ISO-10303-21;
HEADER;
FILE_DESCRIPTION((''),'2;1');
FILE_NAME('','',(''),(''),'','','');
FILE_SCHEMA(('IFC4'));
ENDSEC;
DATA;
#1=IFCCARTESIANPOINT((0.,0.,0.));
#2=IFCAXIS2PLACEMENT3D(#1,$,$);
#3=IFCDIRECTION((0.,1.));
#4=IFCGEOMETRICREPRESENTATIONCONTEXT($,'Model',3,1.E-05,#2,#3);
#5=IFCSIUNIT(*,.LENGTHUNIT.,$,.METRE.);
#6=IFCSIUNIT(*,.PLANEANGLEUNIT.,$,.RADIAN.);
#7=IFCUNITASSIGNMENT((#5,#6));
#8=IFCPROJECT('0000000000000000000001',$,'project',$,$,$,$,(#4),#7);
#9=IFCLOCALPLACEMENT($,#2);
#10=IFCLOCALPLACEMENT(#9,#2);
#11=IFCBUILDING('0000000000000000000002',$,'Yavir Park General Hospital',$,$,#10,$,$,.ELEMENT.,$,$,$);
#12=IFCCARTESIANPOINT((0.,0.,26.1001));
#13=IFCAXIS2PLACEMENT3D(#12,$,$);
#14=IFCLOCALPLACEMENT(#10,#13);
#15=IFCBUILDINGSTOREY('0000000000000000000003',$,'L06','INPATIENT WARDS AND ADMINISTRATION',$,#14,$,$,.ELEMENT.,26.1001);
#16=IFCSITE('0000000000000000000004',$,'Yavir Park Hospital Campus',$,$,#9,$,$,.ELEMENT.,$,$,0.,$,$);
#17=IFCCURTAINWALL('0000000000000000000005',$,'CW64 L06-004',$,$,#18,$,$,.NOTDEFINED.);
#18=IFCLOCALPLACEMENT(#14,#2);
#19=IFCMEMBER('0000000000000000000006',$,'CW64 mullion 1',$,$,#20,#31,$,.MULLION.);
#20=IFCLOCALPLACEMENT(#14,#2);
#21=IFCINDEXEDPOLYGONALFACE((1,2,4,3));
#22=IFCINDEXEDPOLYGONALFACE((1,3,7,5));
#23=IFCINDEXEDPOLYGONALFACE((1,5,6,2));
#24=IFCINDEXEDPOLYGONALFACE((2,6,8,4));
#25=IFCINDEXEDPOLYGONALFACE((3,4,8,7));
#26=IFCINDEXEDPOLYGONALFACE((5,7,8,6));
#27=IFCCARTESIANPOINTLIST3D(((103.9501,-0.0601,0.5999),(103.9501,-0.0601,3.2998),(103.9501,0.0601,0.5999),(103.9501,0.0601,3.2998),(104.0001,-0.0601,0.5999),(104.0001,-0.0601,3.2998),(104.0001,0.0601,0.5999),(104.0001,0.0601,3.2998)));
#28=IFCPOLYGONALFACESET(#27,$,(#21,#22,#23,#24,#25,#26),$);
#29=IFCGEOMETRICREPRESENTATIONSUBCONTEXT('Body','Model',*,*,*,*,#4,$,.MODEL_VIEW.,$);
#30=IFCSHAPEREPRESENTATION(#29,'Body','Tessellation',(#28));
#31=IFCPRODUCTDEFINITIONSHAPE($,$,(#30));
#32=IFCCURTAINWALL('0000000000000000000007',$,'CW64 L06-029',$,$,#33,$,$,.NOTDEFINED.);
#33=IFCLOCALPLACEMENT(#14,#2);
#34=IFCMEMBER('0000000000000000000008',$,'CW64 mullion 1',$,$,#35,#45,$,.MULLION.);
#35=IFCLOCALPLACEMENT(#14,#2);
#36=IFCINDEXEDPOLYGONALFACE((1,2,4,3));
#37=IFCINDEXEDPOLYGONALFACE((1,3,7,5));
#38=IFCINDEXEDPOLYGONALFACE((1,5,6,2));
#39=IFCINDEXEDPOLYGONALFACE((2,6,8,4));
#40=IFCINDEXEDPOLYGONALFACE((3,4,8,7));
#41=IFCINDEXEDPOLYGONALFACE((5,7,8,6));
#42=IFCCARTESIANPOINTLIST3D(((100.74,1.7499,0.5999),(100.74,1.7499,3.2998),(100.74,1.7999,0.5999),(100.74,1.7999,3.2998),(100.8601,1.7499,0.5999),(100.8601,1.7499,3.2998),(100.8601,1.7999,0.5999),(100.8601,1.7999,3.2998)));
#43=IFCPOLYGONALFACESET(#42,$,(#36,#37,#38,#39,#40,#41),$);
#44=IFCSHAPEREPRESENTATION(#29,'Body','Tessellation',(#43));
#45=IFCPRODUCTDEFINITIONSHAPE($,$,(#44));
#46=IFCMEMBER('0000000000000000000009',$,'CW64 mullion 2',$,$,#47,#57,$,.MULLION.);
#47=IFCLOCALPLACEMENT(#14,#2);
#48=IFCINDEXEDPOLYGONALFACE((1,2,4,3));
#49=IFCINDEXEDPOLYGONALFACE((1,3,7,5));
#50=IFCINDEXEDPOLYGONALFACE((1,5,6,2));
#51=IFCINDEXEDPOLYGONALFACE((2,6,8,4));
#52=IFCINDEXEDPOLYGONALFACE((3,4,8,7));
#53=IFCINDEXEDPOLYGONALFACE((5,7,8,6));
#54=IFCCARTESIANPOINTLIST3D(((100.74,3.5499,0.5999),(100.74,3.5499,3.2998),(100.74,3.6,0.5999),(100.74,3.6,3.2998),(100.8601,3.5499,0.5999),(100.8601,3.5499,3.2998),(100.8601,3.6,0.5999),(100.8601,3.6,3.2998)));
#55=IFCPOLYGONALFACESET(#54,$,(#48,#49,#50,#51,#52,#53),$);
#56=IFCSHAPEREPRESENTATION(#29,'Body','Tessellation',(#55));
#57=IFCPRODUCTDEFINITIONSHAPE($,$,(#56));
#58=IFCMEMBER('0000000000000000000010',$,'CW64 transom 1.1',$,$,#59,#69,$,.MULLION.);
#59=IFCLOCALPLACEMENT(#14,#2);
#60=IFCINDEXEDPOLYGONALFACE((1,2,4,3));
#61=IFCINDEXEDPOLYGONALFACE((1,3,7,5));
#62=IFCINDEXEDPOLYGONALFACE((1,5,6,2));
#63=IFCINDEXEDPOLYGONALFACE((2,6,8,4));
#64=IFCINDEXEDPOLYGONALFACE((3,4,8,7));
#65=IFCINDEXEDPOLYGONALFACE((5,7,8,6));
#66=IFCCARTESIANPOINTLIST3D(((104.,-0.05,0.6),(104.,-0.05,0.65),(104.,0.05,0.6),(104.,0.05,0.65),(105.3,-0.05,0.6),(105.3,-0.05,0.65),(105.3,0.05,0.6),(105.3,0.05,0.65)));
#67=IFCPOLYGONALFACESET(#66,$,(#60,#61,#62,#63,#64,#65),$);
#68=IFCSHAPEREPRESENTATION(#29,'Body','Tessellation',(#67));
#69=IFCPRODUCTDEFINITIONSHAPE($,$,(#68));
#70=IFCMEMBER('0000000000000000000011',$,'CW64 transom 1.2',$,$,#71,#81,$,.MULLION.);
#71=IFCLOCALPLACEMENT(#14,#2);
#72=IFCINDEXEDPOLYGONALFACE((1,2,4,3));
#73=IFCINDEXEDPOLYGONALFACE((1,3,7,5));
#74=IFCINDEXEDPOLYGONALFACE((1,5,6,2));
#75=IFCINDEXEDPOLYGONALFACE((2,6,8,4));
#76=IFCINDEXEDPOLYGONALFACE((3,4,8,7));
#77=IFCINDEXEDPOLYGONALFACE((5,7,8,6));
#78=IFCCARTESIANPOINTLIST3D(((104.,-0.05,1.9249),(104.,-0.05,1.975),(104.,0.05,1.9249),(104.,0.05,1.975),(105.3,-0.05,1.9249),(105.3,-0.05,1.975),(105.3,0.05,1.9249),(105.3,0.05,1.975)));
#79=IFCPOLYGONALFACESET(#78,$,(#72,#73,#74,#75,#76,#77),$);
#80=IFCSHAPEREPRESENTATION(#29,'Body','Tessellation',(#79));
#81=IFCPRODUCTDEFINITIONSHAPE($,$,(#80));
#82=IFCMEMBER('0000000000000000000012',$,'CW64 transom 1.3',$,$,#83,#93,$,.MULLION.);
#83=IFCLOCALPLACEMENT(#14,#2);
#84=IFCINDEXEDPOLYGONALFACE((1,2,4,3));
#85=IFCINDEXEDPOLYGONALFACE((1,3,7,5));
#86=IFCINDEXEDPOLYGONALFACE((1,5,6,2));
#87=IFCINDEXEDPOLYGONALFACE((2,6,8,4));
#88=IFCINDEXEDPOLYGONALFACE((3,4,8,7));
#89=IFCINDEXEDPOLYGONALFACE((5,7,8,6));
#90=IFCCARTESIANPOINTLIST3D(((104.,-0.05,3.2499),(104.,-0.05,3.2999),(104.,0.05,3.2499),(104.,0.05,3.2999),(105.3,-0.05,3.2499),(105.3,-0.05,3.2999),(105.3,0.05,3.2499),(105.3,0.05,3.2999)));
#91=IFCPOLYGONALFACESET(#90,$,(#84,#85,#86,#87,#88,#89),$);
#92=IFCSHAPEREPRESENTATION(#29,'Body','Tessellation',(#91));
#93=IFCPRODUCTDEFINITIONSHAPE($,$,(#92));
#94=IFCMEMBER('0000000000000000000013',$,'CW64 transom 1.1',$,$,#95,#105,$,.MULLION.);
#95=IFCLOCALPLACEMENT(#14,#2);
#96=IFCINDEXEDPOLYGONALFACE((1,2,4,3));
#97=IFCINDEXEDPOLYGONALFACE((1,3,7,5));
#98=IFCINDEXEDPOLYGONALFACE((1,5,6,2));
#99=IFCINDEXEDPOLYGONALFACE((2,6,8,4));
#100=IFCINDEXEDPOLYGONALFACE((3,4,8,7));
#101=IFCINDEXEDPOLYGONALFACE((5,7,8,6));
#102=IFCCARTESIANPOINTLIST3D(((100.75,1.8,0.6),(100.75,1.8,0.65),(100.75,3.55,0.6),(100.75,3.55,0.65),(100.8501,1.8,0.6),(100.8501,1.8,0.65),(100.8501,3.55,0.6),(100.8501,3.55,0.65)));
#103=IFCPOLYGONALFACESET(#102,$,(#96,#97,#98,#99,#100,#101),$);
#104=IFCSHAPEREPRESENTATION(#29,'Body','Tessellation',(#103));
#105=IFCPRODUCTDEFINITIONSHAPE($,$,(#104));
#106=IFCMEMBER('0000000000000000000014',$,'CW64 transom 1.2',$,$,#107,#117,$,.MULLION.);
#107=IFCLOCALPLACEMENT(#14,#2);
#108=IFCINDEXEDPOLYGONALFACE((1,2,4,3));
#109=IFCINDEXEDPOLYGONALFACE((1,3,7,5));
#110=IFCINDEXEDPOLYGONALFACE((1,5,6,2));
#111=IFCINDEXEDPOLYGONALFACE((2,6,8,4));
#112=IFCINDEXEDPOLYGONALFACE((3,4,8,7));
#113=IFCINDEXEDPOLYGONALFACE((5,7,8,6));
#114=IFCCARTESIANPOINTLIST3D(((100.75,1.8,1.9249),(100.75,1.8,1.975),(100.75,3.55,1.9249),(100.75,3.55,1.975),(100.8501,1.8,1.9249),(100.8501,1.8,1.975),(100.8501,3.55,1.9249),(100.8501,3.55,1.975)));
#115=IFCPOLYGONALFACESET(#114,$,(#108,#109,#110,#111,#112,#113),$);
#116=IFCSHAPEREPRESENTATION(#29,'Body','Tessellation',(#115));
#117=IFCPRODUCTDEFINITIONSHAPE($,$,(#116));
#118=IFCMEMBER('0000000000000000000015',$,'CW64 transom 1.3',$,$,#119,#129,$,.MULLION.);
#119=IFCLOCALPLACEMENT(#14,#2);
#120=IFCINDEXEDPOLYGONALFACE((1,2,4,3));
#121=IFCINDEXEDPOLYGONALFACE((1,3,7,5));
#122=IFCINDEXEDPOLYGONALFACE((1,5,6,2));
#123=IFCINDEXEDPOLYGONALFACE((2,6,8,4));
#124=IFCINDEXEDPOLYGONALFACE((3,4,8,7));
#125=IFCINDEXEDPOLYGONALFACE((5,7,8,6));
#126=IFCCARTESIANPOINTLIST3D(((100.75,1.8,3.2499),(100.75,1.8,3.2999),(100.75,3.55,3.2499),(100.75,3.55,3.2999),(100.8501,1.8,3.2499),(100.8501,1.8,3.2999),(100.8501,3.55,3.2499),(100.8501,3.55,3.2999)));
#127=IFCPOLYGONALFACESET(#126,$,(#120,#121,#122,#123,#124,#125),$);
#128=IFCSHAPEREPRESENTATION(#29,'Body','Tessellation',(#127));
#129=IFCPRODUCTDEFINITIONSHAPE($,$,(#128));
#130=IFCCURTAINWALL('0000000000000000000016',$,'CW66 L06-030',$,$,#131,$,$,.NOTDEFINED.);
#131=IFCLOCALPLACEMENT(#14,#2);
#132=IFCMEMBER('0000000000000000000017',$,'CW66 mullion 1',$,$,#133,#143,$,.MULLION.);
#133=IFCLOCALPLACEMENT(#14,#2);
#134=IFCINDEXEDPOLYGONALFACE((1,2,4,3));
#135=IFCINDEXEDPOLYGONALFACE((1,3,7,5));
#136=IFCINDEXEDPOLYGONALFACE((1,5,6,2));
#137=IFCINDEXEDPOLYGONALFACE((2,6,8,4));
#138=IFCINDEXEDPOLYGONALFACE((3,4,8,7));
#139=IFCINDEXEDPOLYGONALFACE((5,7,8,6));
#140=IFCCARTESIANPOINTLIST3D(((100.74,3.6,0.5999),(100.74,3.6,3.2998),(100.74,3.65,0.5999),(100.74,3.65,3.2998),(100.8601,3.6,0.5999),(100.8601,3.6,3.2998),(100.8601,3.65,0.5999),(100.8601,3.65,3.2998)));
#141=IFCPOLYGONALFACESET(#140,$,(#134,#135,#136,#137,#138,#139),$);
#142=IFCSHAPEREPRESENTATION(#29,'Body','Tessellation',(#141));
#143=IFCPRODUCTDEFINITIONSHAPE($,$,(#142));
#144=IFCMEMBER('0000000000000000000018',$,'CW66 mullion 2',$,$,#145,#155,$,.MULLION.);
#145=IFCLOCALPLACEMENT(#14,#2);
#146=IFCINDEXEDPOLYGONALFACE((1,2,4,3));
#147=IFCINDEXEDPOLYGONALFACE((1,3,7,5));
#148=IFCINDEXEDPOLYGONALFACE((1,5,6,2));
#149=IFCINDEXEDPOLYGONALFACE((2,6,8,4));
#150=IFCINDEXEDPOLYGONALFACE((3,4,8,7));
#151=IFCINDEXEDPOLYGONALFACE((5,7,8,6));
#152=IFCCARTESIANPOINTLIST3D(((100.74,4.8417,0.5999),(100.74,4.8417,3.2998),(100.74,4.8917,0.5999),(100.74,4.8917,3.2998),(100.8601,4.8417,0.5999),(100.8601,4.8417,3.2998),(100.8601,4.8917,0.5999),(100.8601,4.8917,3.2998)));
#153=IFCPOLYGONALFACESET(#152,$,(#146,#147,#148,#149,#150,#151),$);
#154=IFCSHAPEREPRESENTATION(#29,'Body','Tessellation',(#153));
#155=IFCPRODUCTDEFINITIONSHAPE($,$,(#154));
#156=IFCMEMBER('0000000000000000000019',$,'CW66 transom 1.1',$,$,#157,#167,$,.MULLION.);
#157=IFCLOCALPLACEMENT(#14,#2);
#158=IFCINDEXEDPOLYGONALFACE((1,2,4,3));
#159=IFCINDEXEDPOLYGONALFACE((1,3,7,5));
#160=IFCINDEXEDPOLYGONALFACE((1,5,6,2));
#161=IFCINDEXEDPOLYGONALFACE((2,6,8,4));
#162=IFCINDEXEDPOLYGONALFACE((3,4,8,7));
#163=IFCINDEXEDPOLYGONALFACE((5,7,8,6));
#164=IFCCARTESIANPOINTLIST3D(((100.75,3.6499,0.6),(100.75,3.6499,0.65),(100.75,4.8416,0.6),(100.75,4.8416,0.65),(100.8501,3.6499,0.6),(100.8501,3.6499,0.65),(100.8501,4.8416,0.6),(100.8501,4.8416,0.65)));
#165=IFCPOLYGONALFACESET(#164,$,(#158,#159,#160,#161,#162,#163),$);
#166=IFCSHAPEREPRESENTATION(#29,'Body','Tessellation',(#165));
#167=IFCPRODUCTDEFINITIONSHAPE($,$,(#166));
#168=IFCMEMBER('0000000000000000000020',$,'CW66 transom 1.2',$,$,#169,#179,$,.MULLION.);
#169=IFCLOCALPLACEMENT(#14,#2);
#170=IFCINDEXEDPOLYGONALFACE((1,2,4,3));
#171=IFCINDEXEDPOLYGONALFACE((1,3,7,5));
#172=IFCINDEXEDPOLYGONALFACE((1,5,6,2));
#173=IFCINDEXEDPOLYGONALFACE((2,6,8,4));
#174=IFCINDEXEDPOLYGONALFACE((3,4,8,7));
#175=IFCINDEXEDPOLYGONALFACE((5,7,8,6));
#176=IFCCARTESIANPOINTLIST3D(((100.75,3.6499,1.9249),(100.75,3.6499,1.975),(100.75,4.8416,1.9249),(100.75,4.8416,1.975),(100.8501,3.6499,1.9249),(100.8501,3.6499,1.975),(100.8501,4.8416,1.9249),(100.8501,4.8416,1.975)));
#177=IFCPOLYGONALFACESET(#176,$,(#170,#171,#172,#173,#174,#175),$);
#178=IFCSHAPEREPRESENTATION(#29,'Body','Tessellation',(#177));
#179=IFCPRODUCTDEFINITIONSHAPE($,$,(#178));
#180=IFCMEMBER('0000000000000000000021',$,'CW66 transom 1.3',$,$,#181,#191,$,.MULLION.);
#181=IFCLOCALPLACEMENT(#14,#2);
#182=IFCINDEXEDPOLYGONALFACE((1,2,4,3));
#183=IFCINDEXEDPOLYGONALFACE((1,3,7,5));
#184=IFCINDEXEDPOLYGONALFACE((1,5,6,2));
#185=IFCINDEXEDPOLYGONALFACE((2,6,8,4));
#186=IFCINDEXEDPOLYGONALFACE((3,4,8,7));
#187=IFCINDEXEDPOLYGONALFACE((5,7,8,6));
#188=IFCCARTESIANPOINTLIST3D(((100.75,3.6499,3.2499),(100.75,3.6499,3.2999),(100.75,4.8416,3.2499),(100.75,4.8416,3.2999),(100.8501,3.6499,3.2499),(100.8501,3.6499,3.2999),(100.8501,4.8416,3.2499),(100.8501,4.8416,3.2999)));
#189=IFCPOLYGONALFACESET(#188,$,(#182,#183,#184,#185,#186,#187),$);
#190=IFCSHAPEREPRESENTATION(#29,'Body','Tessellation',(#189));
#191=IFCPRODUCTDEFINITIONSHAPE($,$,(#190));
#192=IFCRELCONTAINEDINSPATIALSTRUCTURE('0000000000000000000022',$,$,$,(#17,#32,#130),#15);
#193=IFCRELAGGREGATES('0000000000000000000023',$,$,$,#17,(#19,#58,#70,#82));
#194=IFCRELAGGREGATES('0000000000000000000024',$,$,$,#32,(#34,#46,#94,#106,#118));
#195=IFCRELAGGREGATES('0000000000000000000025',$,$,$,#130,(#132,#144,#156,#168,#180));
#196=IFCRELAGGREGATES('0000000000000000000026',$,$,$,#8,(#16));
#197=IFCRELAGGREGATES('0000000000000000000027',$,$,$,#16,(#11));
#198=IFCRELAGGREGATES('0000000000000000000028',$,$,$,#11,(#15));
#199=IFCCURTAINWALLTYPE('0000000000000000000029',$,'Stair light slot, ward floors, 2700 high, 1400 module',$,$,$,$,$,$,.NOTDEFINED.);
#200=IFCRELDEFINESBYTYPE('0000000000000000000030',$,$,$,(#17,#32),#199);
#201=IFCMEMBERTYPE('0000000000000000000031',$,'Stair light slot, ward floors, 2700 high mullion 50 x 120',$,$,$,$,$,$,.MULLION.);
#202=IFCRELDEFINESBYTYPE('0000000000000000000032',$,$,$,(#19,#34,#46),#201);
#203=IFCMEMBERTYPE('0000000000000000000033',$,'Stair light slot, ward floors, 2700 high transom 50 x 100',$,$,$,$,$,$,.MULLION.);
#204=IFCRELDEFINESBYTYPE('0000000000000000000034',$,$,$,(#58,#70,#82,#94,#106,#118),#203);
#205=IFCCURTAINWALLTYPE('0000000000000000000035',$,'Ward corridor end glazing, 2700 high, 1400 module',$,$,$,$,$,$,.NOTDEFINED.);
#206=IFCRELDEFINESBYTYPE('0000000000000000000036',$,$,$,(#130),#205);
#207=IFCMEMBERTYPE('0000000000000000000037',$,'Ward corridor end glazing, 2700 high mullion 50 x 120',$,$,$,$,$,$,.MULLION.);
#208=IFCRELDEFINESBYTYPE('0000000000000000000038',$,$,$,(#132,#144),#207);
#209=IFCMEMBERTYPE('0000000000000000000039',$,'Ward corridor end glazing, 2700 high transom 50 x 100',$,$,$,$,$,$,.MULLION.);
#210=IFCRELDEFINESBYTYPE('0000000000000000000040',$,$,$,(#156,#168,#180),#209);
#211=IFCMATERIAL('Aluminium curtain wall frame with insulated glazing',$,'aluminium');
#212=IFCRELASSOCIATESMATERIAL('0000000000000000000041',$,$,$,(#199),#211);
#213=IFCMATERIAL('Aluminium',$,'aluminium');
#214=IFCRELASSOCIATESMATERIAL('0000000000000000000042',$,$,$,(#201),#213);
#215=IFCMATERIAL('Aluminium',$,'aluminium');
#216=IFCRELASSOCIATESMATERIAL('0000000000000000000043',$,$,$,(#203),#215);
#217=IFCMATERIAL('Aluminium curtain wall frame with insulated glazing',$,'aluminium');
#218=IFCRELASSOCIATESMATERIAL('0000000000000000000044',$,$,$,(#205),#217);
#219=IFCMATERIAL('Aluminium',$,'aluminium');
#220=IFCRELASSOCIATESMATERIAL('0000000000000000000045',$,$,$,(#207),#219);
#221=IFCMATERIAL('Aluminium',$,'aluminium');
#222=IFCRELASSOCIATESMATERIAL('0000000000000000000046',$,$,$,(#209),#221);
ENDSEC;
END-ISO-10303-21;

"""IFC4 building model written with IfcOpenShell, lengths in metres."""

from ifc_helpers import new_model, si_unit, direction, frame, origin, origin_2d, place, context, subcontext, project, spatial, rectangle, extrude, material, material_profile, profile_set, type_object, element, aggregate, save


model = new_model("IFC4")

# Units and contexts
model_context = context("Model", 3, precision=1e-05, world=origin(), true_north=direction((0.0, 1.0)))
body_context = subcontext(model_context, "Body", "Model", "MODEL_VIEW")
ifc_project = project(units=[si_unit("LENGTHUNIT", "METRE"), si_unit("PLANEANGLEUNIT", "RADIAN")], contexts=[model_context])

# Site, building, storey
site_placement = place(None, origin())
site = spatial("IfcSite", under=ifc_project, at=site_placement, Name="Yavir Park Hospital Campus", CompositionType="ELEMENT", RefElevation=0.0)
building_placement = place(site_placement, origin())
building = spatial("IfcBuilding", under=site, at=building_placement, Name="Yavir Park General Hospital", CompositionType="ELEMENT")
storey_placement = place(building_placement, frame((0.0, 0.0, 26.1001)))
storey = spatial("IfcBuildingStorey", under=building, at=storey_placement, Name="L06", Description="INPATIENT WARDS AND ADMINISTRATION", CompositionType="ELEMENT", Elevation=26.1001)

# Curtain wall, member
ifc_material_1 = material(Name="Aluminium curtain wall frame with insulated glazing", Category="aluminium")
curtain_wall_type_1 = type_object("IfcCurtainWallType", Name="Stair light slot, ward floors, 2700 high, 1400 module", PredefinedType="NOTDEFINED", material=ifc_material_1)
curtain_wall_1_placement = place(storey_placement, origin())
curtain_wall_1 = element("IfcCurtainWall", 1, at=curtain_wall_1_placement, inside=storey, type_object=curtain_wall_type_1, Name="CW64 L06-004", PredefinedType="NOTDEFINED")
ifc_material_2 = material(Name="Aluminium", Category="aluminium")
ifc_material_profile_1 = material_profile(ifc_material_2, rectangle(XDim=0.1201, YDim=0.05, at=origin_2d()), Name="AL 50x120")
ifc_profile_set_1 = profile_set([ifc_material_profile_1], Name="Aluminium")
member_type_1 = type_object("IfcMemberType", Name="Stair light slot, ward floors, 2700 high mullion 50 x 120", PredefinedType="MULLION", material=ifc_profile_set_1)
member_1_placement = place(storey_placement, frame((103.9751, 0.0, 0.5999), z_axis=(0.0, 0.0, 1.0), x_axis=(0.0, 1.0, 0.0)))
member_1 = element("IfcMember", 2, at=member_1_placement, type_object=member_type_1, Name="CW64 mullion 1", PredefinedType="MULLION", context=body_context, shape_type="SweptSolid", body=[
    extrude(rectangle(XDim=0.1201, YDim=0.05, at=origin_2d()), origin(), (0.0, 0.0, 1.0), 2.7),
])

# Curtain wall, members
curtain_wall_2_placement = place(storey_placement, origin())
curtain_wall_2 = element("IfcCurtainWall", 3, at=curtain_wall_2_placement, inside=storey, type_object=curtain_wall_type_1, Name="CW64 L06-029", PredefinedType="NOTDEFINED")
member_2_placement = place(storey_placement, frame((100.8, 1.7749, 0.5999), z_axis=(0.0, 0.0, 1.0), x_axis=(-1.0, 0.0, 0.0)))
member_2 = element("IfcMember", 4, at=member_2_placement, type_object=member_type_1, Name="CW64 mullion 1", PredefinedType="MULLION", context=body_context, shape_type="SweptSolid", body=[
    extrude(rectangle(XDim=0.1201, YDim=0.05, at=origin_2d()), origin(), (0.0, 0.0, 1.0), 2.7),
])
member_3_placement = place(storey_placement, frame((100.8, 3.575, 0.5999), z_axis=(0.0, 0.0, 1.0), x_axis=(-1.0, 0.0, 0.0)))
member_3 = element("IfcMember", 5, at=member_3_placement, type_object=member_type_1, Name="CW64 mullion 2", PredefinedType="MULLION", context=body_context, shape_type="SweptSolid", body=[
    extrude(rectangle(XDim=0.1201, YDim=0.05, at=origin_2d()), origin(), (0.0, 0.0, 1.0), 2.7),
])

# Members
ifc_material_3 = material(Name="Aluminium", Category="aluminium")
ifc_material_profile_2 = material_profile(ifc_material_3, rectangle(XDim=0.1001, YDim=0.05, at=origin_2d()), Name="AL 100x50")
ifc_profile_set_2 = profile_set([ifc_material_profile_2], Name="Aluminium")
member_type_2 = type_object("IfcMemberType", Name="Stair light slot, ward floors, 2700 high transom 50 x 100", PredefinedType="MULLION", material=ifc_profile_set_2)
member_4_placement = place(storey_placement, frame((104.0, 0.0, 0.625), z_axis=(1.0, 0.0, 0.0), x_axis=(0.0, 1.0, 0.0)))
member_4 = element("IfcMember", 6, at=member_4_placement, type_object=member_type_2, Name="CW64 transom 1.1", PredefinedType="MULLION", context=body_context, shape_type="SweptSolid", body=[
    extrude(rectangle(XDim=0.1001, YDim=0.05, at=origin_2d()), origin(), (0.0, 0.0, 1.0), 1.3),
])
member_5_placement = place(storey_placement, frame((104.0, 0.0, 1.95), z_axis=(1.0, 0.0, 0.0), x_axis=(0.0, 1.0, 0.0)))
member_5 = element("IfcMember", 7, at=member_5_placement, type_object=member_type_2, Name="CW64 transom 1.2", PredefinedType="MULLION", context=body_context, shape_type="SweptSolid", body=[
    extrude(rectangle(XDim=0.1001, YDim=0.05, at=origin_2d()), origin(), (0.0, 0.0, 1.0), 1.3),
])
member_6_placement = place(storey_placement, frame((104.0, 0.0, 3.2749), z_axis=(1.0, 0.0, 0.0), x_axis=(0.0, 1.0, 0.0)))
member_6 = element("IfcMember", 8, at=member_6_placement, type_object=member_type_2, Name="CW64 transom 1.3", PredefinedType="MULLION", context=body_context, shape_type="SweptSolid", body=[
    extrude(rectangle(XDim=0.1001, YDim=0.05, at=origin_2d()), origin(), (0.0, 0.0, 1.0), 1.3),
])
member_7_placement = place(storey_placement, frame((100.8, 1.8, 0.625), z_axis=(0.0, 1.0, 0.0), x_axis=(-1.0, 0.0, 0.0)))
member_7 = element("IfcMember", 9, at=member_7_placement, type_object=member_type_2, Name="CW64 transom 1.1", PredefinedType="MULLION", context=body_context, shape_type="SweptSolid", body=[
    extrude(rectangle(XDim=0.1001, YDim=0.05, at=origin_2d()), origin(), (0.0, 0.0, 1.0), 1.75),
])
member_8_placement = place(storey_placement, frame((100.8, 1.8, 1.95), z_axis=(0.0, 1.0, 0.0), x_axis=(-1.0, 0.0, 0.0)))
member_8 = element("IfcMember", 10, at=member_8_placement, type_object=member_type_2, Name="CW64 transom 1.2", PredefinedType="MULLION", context=body_context, shape_type="SweptSolid", body=[
    extrude(rectangle(XDim=0.1001, YDim=0.05, at=origin_2d()), origin(), (0.0, 0.0, 1.0), 1.75),
])
member_9_placement = place(storey_placement, frame((100.8, 1.8, 3.2749), z_axis=(0.0, 1.0, 0.0), x_axis=(-1.0, 0.0, 0.0)))
member_9 = element("IfcMember", 11, at=member_9_placement, type_object=member_type_2, Name="CW64 transom 1.3", PredefinedType="MULLION", context=body_context, shape_type="SweptSolid", body=[
    extrude(rectangle(XDim=0.1001, YDim=0.05, at=origin_2d()), origin(), (0.0, 0.0, 1.0), 1.75),
])

# Curtain wall, members
ifc_material_4 = material(Name="Aluminium curtain wall frame with insulated glazing", Category="aluminium")
curtain_wall_type_2 = type_object("IfcCurtainWallType", Name="Ward corridor end glazing, 2700 high, 1400 module", PredefinedType="NOTDEFINED", material=ifc_material_4)
curtain_wall_3_placement = place(storey_placement, origin())
curtain_wall_3 = element("IfcCurtainWall", 12, at=curtain_wall_3_placement, inside=storey, type_object=curtain_wall_type_2, Name="CW66 L06-030", PredefinedType="NOTDEFINED")
ifc_material_5 = material(Name="Aluminium", Category="aluminium")
ifc_material_profile_3 = material_profile(ifc_material_5, rectangle(XDim=0.1201, YDim=0.05, at=origin_2d()), Name="AL 50x120")
ifc_profile_set_3 = profile_set([ifc_material_profile_3], Name="Aluminium")
member_type_3 = type_object("IfcMemberType", Name="Ward corridor end glazing, 2700 high mullion 50 x 120", PredefinedType="MULLION", material=ifc_profile_set_3)
member_10_placement = place(storey_placement, frame((100.8, 3.625, 0.5999), z_axis=(0.0, 0.0, 1.0), x_axis=(-1.0, 0.0, 0.0)))
member_10 = element("IfcMember", 13, at=member_10_placement, type_object=member_type_3, Name="CW66 mullion 1", PredefinedType="MULLION", context=body_context, shape_type="SweptSolid", body=[
    extrude(rectangle(XDim=0.1201, YDim=0.05, at=origin_2d()), origin(), (0.0, 0.0, 1.0), 2.7),
])
member_11_placement = place(storey_placement, frame((100.8, 4.8667, 0.5999), z_axis=(0.0, 0.0, 1.0), x_axis=(-1.0, 0.0, 0.0)))
member_11 = element("IfcMember", 14, at=member_11_placement, type_object=member_type_3, Name="CW66 mullion 2", PredefinedType="MULLION", context=body_context, shape_type="SweptSolid", body=[
    extrude(rectangle(XDim=0.1201, YDim=0.05, at=origin_2d()), origin(), (0.0, 0.0, 1.0), 2.7),
])
ifc_material_6 = material(Name="Aluminium", Category="aluminium")
ifc_material_profile_4 = material_profile(ifc_material_6, rectangle(XDim=0.1001, YDim=0.05, at=origin_2d()), Name="AL 100x50")
ifc_profile_set_4 = profile_set([ifc_material_profile_4], Name="Aluminium")
member_type_4 = type_object("IfcMemberType", Name="Ward corridor end glazing, 2700 high transom 50 x 100", PredefinedType="MULLION", material=ifc_profile_set_4)
member_12_placement = place(storey_placement, frame((100.8, 3.6499, 0.625), z_axis=(0.0, 1.0, 0.0), x_axis=(-1.0, 0.0, 0.0)))
member_12 = element("IfcMember", 15, at=member_12_placement, type_object=member_type_4, Name="CW66 transom 1.1", PredefinedType="MULLION", context=body_context, shape_type="SweptSolid", body=[
    extrude(rectangle(XDim=0.1001, YDim=0.05, at=origin_2d()), origin(), (0.0, 0.0, 1.0), 1.1917),
])
member_13_placement = place(storey_placement, frame((100.8, 3.6499, 1.95), z_axis=(0.0, 1.0, 0.0), x_axis=(-1.0, 0.0, 0.0)))
member_13 = element("IfcMember", 16, at=member_13_placement, type_object=member_type_4, Name="CW66 transom 1.2", PredefinedType="MULLION", context=body_context, shape_type="SweptSolid", body=[
    extrude(rectangle(XDim=0.1001, YDim=0.05, at=origin_2d()), origin(), (0.0, 0.0, 1.0), 1.1917),
])
member_14_placement = place(storey_placement, frame((100.8, 3.6499, 3.2749), z_axis=(0.0, 1.0, 0.0), x_axis=(-1.0, 0.0, 0.0)))
member_14 = element("IfcMember", 17, at=member_14_placement, type_object=member_type_4, Name="CW66 transom 1.3", PredefinedType="MULLION", context=body_context, shape_type="SweptSolid", body=[
    extrude(rectangle(XDim=0.1001, YDim=0.05, at=origin_2d()), origin(), (0.0, 0.0, 1.0), 1.1917),
])

aggregate(curtain_wall_1, [member_1, member_4, member_5, member_6])
aggregate(curtain_wall_2, [member_2, member_3, member_7, member_8, member_9])
aggregate(curtain_wall_3, [member_10, member_11, member_12, member_13, member_14])

save(model, "model.ifc")
